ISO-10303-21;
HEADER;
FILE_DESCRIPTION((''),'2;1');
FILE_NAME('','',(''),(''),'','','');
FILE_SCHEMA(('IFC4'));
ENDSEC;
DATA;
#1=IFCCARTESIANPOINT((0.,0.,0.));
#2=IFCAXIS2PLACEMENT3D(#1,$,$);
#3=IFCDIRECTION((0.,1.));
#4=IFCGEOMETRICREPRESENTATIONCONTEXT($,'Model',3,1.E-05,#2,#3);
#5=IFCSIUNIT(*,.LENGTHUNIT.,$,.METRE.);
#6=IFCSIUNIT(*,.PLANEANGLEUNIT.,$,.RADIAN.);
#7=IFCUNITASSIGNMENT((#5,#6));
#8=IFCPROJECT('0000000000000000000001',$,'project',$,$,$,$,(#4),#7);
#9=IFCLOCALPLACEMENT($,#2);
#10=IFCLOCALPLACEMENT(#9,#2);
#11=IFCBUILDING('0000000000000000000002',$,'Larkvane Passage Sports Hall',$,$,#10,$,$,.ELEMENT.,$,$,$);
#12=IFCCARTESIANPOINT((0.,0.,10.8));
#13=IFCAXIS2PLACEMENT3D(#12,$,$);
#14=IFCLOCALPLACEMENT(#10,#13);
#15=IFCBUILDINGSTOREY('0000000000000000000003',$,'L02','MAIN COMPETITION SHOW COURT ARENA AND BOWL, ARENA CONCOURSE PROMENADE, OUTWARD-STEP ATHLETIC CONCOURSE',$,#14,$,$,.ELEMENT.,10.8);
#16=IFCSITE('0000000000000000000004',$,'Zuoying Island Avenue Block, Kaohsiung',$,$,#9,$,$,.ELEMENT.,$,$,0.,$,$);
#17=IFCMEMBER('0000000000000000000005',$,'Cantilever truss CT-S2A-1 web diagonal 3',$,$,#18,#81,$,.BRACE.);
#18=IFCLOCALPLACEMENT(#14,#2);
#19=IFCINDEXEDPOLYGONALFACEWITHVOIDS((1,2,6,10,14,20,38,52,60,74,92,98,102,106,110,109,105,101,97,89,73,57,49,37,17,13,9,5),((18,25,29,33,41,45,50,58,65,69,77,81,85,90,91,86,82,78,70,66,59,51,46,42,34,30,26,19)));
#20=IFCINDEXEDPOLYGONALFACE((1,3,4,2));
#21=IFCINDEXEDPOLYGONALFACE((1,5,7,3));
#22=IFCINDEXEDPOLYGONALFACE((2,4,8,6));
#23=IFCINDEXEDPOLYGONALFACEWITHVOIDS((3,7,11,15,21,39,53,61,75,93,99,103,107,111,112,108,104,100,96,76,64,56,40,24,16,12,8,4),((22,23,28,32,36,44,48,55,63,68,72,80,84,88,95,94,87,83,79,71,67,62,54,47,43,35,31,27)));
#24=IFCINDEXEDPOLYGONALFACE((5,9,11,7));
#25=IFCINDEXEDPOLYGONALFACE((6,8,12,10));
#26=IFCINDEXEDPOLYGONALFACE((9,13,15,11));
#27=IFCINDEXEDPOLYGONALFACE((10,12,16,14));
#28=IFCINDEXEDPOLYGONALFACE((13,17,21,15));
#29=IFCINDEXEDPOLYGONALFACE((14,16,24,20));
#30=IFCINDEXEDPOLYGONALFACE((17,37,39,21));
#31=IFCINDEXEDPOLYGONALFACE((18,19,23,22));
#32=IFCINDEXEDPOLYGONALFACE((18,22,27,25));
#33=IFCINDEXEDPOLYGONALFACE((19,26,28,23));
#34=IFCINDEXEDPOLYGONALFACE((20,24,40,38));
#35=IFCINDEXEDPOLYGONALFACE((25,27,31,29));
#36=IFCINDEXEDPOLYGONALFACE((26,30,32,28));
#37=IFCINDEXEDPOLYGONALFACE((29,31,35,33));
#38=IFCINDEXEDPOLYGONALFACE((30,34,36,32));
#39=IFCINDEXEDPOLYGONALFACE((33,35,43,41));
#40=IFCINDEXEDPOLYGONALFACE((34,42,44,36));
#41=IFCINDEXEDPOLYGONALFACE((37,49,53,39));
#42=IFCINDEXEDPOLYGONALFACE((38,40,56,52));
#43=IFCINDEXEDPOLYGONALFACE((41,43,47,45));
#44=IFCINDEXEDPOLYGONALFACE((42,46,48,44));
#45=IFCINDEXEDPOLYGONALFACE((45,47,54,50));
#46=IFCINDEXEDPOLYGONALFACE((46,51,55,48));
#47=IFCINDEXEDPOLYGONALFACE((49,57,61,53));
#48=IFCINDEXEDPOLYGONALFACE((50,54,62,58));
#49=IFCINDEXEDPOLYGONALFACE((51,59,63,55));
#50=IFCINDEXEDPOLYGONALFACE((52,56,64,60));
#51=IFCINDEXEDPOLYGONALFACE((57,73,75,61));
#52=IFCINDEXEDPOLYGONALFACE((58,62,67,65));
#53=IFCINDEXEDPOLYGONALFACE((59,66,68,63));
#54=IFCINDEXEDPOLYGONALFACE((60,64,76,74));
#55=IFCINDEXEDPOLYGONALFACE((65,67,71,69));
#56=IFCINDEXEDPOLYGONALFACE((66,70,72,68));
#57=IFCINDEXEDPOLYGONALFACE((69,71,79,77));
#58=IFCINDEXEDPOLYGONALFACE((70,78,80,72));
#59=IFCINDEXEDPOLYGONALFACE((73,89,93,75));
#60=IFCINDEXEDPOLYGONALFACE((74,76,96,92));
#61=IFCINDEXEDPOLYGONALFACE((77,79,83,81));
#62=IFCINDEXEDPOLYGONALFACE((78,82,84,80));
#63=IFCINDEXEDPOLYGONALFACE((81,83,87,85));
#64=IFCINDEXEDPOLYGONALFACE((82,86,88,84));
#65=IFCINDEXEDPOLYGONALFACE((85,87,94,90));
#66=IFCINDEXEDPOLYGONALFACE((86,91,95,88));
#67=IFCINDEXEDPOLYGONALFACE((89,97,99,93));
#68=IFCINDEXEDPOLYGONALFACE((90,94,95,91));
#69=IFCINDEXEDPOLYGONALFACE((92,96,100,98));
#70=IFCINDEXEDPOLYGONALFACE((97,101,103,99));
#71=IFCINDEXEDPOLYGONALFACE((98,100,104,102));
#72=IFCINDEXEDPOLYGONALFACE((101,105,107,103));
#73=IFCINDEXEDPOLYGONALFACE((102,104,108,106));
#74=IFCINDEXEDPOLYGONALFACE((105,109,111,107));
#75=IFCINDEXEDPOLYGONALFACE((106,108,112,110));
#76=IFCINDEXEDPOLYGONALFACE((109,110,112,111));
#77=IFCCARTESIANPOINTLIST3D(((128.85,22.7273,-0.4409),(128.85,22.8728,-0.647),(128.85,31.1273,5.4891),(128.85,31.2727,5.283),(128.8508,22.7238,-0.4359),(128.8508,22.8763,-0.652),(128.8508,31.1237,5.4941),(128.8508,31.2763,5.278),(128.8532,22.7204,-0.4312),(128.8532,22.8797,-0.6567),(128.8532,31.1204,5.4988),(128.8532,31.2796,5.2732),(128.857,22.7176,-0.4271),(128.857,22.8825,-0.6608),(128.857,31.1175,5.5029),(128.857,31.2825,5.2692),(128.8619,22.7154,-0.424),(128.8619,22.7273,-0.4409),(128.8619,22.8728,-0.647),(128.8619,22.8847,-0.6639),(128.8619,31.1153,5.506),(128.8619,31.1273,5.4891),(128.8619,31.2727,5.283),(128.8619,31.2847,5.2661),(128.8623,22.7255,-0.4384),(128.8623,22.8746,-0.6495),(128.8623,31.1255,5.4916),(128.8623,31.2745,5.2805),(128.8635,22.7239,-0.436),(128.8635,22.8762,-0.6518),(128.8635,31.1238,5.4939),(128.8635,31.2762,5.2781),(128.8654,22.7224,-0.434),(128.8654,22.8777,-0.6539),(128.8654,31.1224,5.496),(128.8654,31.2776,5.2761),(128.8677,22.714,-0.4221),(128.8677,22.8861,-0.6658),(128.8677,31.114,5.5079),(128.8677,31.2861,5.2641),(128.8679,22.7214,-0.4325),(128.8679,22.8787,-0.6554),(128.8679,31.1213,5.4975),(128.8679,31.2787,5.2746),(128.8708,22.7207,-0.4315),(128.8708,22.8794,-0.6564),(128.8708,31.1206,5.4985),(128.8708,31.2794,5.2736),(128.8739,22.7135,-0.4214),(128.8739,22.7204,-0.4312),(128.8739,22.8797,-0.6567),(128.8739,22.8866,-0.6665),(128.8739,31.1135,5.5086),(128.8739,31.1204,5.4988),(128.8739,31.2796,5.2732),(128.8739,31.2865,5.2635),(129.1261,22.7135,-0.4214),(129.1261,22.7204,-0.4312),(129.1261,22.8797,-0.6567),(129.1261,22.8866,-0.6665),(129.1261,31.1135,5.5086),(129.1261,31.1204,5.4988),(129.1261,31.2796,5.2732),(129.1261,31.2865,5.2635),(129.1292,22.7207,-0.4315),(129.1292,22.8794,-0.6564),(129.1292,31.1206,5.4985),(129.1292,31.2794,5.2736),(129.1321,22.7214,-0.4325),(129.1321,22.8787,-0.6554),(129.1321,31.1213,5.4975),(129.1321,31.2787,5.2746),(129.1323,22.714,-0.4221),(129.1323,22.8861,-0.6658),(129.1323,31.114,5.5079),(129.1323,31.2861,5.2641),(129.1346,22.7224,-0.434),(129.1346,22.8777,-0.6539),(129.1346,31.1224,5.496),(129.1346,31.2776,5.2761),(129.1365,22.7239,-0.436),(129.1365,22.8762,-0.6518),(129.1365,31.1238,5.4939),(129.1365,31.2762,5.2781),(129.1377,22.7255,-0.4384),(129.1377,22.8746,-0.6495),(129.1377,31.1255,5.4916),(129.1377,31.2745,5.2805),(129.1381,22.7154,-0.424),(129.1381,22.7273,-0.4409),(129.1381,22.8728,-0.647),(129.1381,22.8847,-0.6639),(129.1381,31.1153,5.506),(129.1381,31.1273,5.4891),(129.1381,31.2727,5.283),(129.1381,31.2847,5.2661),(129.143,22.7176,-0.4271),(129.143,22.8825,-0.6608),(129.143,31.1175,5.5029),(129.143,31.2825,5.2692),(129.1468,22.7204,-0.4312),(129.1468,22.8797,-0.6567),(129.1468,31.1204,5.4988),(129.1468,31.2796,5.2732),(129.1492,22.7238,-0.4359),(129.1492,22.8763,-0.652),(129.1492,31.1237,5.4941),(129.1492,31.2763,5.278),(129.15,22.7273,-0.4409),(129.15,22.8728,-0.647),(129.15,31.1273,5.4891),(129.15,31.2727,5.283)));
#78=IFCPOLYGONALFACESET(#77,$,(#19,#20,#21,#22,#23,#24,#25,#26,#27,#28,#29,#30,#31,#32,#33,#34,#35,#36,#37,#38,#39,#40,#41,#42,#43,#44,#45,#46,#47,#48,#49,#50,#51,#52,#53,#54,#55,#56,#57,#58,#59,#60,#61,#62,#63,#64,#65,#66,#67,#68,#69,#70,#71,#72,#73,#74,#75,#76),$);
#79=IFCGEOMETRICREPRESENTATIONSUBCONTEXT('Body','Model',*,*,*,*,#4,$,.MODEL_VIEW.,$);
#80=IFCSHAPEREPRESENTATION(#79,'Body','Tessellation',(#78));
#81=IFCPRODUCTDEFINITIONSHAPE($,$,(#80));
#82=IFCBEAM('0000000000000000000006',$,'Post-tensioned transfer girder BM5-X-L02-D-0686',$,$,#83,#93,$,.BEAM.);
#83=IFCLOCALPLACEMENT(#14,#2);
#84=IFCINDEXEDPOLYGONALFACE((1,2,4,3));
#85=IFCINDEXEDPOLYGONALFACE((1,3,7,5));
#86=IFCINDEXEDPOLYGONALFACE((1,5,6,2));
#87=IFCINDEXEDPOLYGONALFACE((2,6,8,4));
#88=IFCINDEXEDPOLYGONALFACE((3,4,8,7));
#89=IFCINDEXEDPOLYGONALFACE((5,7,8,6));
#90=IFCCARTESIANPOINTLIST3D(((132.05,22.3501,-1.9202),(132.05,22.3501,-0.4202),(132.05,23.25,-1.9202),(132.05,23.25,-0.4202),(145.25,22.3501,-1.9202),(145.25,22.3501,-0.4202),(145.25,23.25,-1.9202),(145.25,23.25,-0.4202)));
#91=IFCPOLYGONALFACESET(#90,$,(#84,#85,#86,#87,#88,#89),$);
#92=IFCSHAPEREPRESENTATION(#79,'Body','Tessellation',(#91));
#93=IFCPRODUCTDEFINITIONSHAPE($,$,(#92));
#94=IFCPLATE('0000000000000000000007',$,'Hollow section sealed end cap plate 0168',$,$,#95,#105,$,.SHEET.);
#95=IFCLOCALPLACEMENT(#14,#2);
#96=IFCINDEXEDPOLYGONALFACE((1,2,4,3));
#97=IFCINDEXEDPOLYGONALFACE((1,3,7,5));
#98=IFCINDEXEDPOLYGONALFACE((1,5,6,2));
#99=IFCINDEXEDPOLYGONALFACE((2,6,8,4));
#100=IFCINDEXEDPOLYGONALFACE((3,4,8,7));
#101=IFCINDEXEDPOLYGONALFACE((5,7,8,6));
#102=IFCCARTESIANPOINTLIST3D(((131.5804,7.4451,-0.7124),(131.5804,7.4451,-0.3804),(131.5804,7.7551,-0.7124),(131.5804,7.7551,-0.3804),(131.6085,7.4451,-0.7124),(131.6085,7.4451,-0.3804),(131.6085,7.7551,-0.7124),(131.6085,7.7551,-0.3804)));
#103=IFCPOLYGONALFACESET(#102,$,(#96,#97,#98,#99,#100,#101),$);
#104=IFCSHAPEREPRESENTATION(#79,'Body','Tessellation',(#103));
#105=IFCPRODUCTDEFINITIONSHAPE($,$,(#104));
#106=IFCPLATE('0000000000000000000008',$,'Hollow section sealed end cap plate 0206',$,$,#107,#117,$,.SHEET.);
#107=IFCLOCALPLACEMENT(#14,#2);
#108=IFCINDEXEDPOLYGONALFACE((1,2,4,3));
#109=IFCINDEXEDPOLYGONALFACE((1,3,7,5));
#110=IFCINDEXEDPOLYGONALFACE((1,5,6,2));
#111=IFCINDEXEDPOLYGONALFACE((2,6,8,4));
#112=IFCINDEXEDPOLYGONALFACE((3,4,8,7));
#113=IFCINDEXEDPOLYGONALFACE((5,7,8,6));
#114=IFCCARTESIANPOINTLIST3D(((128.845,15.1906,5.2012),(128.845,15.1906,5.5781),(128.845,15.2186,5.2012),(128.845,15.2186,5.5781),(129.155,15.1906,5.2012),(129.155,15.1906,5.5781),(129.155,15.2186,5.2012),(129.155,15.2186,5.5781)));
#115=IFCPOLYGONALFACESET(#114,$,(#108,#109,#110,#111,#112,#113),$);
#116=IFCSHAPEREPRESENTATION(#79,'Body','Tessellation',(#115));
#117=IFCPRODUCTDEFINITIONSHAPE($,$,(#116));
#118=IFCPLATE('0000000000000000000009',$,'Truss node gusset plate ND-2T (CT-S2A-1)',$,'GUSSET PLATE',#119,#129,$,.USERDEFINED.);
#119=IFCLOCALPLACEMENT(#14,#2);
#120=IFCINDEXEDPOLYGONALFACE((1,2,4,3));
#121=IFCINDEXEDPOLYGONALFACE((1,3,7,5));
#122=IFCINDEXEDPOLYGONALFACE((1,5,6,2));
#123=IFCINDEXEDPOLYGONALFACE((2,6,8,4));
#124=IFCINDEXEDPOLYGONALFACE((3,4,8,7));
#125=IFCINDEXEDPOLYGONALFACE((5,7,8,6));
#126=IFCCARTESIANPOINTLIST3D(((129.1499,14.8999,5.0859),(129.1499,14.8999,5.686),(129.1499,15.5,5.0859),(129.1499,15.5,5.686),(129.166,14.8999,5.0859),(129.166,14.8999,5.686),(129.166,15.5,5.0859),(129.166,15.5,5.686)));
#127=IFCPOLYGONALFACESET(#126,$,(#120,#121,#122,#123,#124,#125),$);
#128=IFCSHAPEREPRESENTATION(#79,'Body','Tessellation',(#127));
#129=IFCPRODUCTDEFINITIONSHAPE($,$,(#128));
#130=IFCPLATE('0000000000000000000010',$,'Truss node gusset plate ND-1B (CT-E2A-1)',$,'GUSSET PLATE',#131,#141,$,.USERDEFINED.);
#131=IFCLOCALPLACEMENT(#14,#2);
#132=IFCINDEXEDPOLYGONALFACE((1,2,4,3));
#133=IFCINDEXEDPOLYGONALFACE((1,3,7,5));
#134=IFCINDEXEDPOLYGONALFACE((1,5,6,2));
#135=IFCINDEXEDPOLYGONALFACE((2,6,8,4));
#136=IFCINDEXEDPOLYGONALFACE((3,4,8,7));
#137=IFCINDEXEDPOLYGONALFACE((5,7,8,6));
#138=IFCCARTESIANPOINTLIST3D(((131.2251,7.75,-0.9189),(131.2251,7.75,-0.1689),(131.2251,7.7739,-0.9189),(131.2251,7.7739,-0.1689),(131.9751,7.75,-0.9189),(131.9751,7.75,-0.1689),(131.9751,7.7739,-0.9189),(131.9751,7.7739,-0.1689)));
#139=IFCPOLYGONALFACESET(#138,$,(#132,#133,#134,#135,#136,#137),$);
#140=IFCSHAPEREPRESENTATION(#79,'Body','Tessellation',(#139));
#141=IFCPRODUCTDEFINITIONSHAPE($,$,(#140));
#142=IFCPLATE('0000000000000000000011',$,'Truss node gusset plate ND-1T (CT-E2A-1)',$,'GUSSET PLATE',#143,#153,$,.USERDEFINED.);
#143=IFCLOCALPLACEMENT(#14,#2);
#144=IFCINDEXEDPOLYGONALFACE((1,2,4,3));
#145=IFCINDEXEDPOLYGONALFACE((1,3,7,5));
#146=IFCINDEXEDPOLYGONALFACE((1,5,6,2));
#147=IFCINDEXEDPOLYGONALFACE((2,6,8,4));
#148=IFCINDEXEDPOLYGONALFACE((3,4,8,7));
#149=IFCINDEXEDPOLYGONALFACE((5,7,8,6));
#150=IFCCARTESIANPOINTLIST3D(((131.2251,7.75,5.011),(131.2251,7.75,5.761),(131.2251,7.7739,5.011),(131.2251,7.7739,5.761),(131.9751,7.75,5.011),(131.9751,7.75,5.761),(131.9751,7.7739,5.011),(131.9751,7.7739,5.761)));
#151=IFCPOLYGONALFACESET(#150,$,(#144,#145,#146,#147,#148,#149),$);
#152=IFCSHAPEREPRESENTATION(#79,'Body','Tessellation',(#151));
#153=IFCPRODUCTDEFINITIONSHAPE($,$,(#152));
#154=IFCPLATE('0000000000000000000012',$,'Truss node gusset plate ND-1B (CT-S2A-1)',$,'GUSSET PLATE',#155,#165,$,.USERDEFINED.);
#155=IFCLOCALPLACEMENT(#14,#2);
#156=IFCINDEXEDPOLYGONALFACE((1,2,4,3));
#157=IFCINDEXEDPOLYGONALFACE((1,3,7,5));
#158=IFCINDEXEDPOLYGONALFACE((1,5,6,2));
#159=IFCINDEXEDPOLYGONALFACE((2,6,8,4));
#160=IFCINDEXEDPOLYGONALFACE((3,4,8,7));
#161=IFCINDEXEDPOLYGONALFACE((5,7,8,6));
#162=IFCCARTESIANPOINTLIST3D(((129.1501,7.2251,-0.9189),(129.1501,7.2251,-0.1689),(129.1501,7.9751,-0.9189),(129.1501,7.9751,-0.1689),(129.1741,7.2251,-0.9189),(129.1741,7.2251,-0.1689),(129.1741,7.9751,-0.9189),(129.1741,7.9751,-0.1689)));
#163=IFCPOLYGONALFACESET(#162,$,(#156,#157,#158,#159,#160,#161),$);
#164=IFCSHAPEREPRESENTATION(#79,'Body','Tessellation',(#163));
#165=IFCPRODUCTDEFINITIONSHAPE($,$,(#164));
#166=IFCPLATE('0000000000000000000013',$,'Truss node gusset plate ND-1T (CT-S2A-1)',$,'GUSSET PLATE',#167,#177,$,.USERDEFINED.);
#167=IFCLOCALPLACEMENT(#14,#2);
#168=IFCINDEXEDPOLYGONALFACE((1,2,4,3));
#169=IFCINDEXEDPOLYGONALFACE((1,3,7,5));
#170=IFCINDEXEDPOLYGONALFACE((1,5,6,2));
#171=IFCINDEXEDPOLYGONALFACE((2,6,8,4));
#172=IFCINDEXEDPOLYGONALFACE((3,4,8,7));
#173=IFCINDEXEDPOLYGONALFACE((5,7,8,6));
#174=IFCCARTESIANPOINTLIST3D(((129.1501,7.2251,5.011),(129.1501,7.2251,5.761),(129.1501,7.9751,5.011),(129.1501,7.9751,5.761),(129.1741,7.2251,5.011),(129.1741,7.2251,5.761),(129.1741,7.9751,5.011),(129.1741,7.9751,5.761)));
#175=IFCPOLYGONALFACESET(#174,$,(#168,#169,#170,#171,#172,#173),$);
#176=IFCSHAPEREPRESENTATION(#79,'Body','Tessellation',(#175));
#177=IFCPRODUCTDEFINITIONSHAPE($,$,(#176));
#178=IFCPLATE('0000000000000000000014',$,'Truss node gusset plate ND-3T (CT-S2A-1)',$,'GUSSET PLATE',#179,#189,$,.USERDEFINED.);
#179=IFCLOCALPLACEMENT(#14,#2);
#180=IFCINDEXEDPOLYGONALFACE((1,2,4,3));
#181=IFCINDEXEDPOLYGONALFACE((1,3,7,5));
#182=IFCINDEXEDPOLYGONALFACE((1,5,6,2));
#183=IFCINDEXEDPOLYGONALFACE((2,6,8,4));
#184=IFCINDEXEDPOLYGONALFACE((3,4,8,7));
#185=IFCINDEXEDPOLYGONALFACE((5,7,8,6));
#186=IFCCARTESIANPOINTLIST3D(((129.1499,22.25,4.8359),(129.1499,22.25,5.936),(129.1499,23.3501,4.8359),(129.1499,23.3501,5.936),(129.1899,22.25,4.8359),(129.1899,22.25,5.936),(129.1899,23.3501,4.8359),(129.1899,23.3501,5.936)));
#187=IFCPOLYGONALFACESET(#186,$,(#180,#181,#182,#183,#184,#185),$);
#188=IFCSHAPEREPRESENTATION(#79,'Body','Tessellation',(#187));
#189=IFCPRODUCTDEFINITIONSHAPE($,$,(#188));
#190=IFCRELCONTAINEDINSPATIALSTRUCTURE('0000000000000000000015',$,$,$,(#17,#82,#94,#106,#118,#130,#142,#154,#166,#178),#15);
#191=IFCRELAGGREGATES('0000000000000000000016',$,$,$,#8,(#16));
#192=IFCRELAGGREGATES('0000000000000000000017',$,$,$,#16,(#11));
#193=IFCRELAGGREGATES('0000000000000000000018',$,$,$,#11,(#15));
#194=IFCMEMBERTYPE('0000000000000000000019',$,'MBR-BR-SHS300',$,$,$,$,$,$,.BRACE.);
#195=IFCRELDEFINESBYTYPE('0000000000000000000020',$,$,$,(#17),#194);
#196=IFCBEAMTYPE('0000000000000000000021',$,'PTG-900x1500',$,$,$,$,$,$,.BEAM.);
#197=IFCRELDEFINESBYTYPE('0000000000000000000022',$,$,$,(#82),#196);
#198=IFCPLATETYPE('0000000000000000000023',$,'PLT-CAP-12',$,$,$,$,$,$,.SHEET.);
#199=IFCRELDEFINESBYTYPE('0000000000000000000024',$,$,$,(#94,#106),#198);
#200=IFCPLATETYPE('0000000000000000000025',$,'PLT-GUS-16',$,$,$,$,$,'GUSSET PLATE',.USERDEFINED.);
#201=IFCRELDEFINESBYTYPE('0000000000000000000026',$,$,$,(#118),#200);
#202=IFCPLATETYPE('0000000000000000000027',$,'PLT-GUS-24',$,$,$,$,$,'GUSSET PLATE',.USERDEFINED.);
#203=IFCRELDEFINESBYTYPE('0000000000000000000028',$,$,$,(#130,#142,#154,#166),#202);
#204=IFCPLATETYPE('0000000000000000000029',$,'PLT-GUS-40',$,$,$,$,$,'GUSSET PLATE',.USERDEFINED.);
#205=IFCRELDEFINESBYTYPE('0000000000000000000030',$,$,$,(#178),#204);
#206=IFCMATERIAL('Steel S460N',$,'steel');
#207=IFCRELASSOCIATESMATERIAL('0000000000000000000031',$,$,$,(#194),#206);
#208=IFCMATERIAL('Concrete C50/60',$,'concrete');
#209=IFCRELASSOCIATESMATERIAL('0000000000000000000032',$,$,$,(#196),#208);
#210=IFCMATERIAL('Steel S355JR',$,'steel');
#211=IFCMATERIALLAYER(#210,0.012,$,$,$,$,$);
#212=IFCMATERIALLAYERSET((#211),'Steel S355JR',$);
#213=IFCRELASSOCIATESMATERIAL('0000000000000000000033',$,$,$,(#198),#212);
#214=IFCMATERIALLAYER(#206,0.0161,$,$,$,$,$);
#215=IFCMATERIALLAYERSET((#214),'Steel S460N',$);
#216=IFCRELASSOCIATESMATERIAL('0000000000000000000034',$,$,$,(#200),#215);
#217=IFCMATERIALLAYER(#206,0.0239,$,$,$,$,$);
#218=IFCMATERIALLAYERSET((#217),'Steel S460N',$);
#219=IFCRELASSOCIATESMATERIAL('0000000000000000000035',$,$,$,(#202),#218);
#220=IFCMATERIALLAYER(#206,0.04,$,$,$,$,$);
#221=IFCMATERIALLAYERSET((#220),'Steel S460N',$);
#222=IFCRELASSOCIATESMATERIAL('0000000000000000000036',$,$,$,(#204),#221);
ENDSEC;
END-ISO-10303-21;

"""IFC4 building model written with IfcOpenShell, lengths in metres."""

from ifc_helpers import new_model, si_unit, direction, frame, origin, origin_2d, place, context, subcontext, project, spatial, rectangle, hollow_rectangle, extrude, material, layer, layer_set, material_profile, profile_set, type_object, element, save


model = new_model("IFC4")

# Units and contexts
model_context = context("Model", 3, precision=1e-05, world=origin(), true_north=direction((0.0, 1.0)))
body_context = subcontext(model_context, "Body", "Model", "MODEL_VIEW")
ifc_project = project(units=[si_unit("LENGTHUNIT", "METRE"), si_unit("PLANEANGLEUNIT", "RADIAN")], contexts=[model_context])

# Site, building, storey
site_placement = place(None, origin())
site = spatial("IfcSite", under=ifc_project, at=site_placement, Name="Zuoying Island Avenue Block, Kaohsiung", CompositionType="ELEMENT", RefElevation=0.0)
building_placement = place(site_placement, origin())
building = spatial("IfcBuilding", under=site, at=building_placement, Name="Larkvane Passage Sports Hall", CompositionType="ELEMENT")
storey_placement = place(building_placement, frame((0.0, 0.0, 10.8)))
storey = spatial("IfcBuildingStorey", under=building, at=storey_placement, Name="L02", Description="MAIN COMPETITION SHOW COURT ARENA AND BOWL, ARENA CONCOURSE PROMENADE, OUTWARD-STEP ATHLETIC CONCOURSE", CompositionType="ELEMENT", Elevation=10.8)

# Shared definitions
ifc_material_1 = material(Name="Steel S460N", Category="steel")

# Shared definitions
ifc_material_2 = material(Name="Steel S355JR", Category="steel")

# Member
ifc_material_profile_1 = material_profile(ifc_material_1, hollow_rectangle(XDim=0.3, YDim=0.3, WallThickness=0.012, InnerFilletRadius=0.012, OuterFilletRadius=0.0239, at=origin_2d()), Name="SHS-300x300x12")
ifc_profile_set_1 = profile_set([ifc_material_profile_1], Name="Steel S460N")
member_type_1 = type_object("IfcMemberType", Name="MBR-BR-SHS300", PredefinedType="BRACE", material=ifc_profile_set_1)
member_1_placement = place(storey_placement, frame((129.0, 22.8, -0.5439), z_axis=(0.0, 0.816941, 0.576721), x_axis=(-1.0, 0.0, 0.0)))
element("IfcMember", 1, at=member_1_placement, inside=storey, type_object=member_type_1, Name="Cantilever truss CT-S2A-1 web diagonal 3", PredefinedType="BRACE", context=body_context, shape_type="SweptSolid", body=[
    extrude(hollow_rectangle(XDim=0.3, YDim=0.3, WallThickness=0.012, InnerFilletRadius=0.012, OuterFilletRadius=0.0239, at=origin_2d()), origin(), (0.0, 0.0, 1.0), 10.2822),
])

# Beam
ifc_material_3 = material(Name="Concrete C50/60", Category="concrete")
ifc_material_profile_2 = material_profile(ifc_material_3, rectangle(XDim=0.8999, YDim=1.5, at=origin_2d()), Name="PT-GIR-900x1500")
ifc_profile_set_2 = profile_set([ifc_material_profile_2], Name="Concrete C50/60")
beam_type_1 = type_object("IfcBeamType", Name="PTG-900x1500", PredefinedType="BEAM", material=ifc_profile_set_2)
beam_1_placement = place(storey_placement, frame((132.05, 22.8, -1.1702), z_axis=(1.0, 0.0, 0.0), x_axis=(0.0, 1.0, 0.0)))
element("IfcBeam", 2, at=beam_1_placement, inside=storey, type_object=beam_type_1, Name="Post-tensioned transfer girder BM5-X-L02-D-0686", PredefinedType="BEAM", context=body_context, shape_type="SweptSolid", body=[
    extrude(rectangle(XDim=0.8999, YDim=1.5, at=origin_2d()), origin(), (0.0, 0.0, 1.0), 13.2),
])

# Plates
ifc_layer_1 = layer(ifc_material_2, 0.012)
ifc_layer_set_1 = layer_set([ifc_layer_1], Name="Steel S355JR")
plate_type_1 = type_object("IfcPlateType", Name="PLT-CAP-12", PredefinedType="SHEET", material=ifc_layer_set_1)
plate_1_placement = place(storey_placement, frame((131.5945, 7.6001, -0.7124), z_axis=(0.0, 0.0, 1.0), x_axis=(0.0, 1.0, 0.0)))
element("IfcPlate", 3, at=plate_1_placement, inside=storey, type_object=plate_type_1, Name="Hollow section sealed end cap plate 0168", PredefinedType="SHEET", context=body_context, shape_type="SweptSolid", body=[
    extrude(rectangle(XDim=0.3101, YDim=0.0281, at=origin_2d()), origin(), (0.0, 0.0, 1.0), 0.332),
])
plate_2_placement = place(storey_placement, frame((129.0, 15.2046, 5.2012), z_axis=(0.0, 0.0, 1.0), x_axis=(-1.0, 0.0, 0.0)))
element("IfcPlate", 4, at=plate_2_placement, inside=storey, type_object=plate_type_1, Name="Hollow section sealed end cap plate 0206", PredefinedType="SHEET", context=body_context, shape_type="SweptSolid", body=[
    extrude(rectangle(XDim=0.3101, YDim=0.0281, at=origin_2d()), origin(), (0.0, 0.0, 1.0), 0.377),
])
ifc_layer_2 = layer(ifc_material_1, 0.0161)
ifc_layer_set_2 = layer_set([ifc_layer_2], Name="Steel S460N")
plate_type_2 = type_object("IfcPlateType", Name="PLT-GUS-16", ElementType="GUSSET PLATE", PredefinedType="USERDEFINED", material=ifc_layer_set_2)
plate_3_placement = place(storey_placement, frame((129.158, 15.2, 5.0859), z_axis=(0.0, 0.0, 1.0), x_axis=(0.0, 1.0, 0.0)))
element("IfcPlate", 5, at=plate_3_placement, inside=storey, type_object=plate_type_2, Name="Truss node gusset plate ND-2T (CT-S2A-1)", ObjectType="GUSSET PLATE", PredefinedType="USERDEFINED", context=body_context, shape_type="SweptSolid", body=[
    extrude(rectangle(XDim=0.6001, YDim=0.0161, at=origin_2d()), origin(), (0.0, 0.0, 1.0), 0.6001),
])
ifc_layer_3 = layer(ifc_material_1, 0.0239)
ifc_layer_set_3 = layer_set([ifc_layer_3], Name="Steel S460N")
plate_type_3 = type_object("IfcPlateType", Name="PLT-GUS-24", ElementType="GUSSET PLATE", PredefinedType="USERDEFINED", material=ifc_layer_set_3)
for number, where, z_axis, x_axis, name in (
    (6, (131.6001, 7.762, -0.9189), (0.0, 0.0, 1.0), (1.0, 0.0, 0.0), "Truss node gusset plate ND-1B (CT-E2A-1)"),
    (7, (131.6001, 7.762, 5.011), (0.0, 0.0, 1.0), (1.0, 0.0, 0.0), "Truss node gusset plate ND-1T (CT-E2A-1)"),
    (8, (129.1621, 7.6001, -0.9189), (0.0, 0.0, 1.0), (0.0, 1.0, 0.0), "Truss node gusset plate ND-1B (CT-S2A-1)"),
    (9, (129.1621, 7.6001, 5.011), (0.0, 0.0, 1.0), (0.0, 1.0, 0.0), "Truss node gusset plate ND-1T (CT-S2A-1)"),
):
    element("IfcPlate", number, at=place(storey_placement, frame(where, z_axis=z_axis, x_axis=x_axis)), inside=storey, type_object=plate_type_3, Name=name, ObjectType="GUSSET PLATE", PredefinedType="USERDEFINED", context=body_context, shape_type="SweptSolid", body=[
        extrude(rectangle(XDim=0.75, YDim=0.0239, at=origin_2d()), origin(), (0.0, 0.0, 1.0), 0.75),
    ])
ifc_layer_4 = layer(ifc_material_1, 0.04)
ifc_layer_set_4 = layer_set([ifc_layer_4], Name="Steel S460N")
plate_type_4 = type_object("IfcPlateType", Name="PLT-GUS-40", ElementType="GUSSET PLATE", PredefinedType="USERDEFINED", material=ifc_layer_set_4)
plate_4_placement = place(storey_placement, frame((129.1699, 22.8, 4.8359), z_axis=(0.0, 0.0, 1.0), x_axis=(0.0, 1.0, 0.0)))
element("IfcPlate", 10, at=plate_4_placement, inside=storey, type_object=plate_type_4, Name="Truss node gusset plate ND-3T (CT-S2A-1)", ObjectType="GUSSET PLATE", PredefinedType="USERDEFINED", context=body_context, shape_type="SweptSolid", body=[
    extrude(rectangle(XDim=1.1001, YDim=0.04, at=origin_2d()), origin(), (0.0, 0.0, 1.0), 1.1001),
])

save(model, "model.ifc")
